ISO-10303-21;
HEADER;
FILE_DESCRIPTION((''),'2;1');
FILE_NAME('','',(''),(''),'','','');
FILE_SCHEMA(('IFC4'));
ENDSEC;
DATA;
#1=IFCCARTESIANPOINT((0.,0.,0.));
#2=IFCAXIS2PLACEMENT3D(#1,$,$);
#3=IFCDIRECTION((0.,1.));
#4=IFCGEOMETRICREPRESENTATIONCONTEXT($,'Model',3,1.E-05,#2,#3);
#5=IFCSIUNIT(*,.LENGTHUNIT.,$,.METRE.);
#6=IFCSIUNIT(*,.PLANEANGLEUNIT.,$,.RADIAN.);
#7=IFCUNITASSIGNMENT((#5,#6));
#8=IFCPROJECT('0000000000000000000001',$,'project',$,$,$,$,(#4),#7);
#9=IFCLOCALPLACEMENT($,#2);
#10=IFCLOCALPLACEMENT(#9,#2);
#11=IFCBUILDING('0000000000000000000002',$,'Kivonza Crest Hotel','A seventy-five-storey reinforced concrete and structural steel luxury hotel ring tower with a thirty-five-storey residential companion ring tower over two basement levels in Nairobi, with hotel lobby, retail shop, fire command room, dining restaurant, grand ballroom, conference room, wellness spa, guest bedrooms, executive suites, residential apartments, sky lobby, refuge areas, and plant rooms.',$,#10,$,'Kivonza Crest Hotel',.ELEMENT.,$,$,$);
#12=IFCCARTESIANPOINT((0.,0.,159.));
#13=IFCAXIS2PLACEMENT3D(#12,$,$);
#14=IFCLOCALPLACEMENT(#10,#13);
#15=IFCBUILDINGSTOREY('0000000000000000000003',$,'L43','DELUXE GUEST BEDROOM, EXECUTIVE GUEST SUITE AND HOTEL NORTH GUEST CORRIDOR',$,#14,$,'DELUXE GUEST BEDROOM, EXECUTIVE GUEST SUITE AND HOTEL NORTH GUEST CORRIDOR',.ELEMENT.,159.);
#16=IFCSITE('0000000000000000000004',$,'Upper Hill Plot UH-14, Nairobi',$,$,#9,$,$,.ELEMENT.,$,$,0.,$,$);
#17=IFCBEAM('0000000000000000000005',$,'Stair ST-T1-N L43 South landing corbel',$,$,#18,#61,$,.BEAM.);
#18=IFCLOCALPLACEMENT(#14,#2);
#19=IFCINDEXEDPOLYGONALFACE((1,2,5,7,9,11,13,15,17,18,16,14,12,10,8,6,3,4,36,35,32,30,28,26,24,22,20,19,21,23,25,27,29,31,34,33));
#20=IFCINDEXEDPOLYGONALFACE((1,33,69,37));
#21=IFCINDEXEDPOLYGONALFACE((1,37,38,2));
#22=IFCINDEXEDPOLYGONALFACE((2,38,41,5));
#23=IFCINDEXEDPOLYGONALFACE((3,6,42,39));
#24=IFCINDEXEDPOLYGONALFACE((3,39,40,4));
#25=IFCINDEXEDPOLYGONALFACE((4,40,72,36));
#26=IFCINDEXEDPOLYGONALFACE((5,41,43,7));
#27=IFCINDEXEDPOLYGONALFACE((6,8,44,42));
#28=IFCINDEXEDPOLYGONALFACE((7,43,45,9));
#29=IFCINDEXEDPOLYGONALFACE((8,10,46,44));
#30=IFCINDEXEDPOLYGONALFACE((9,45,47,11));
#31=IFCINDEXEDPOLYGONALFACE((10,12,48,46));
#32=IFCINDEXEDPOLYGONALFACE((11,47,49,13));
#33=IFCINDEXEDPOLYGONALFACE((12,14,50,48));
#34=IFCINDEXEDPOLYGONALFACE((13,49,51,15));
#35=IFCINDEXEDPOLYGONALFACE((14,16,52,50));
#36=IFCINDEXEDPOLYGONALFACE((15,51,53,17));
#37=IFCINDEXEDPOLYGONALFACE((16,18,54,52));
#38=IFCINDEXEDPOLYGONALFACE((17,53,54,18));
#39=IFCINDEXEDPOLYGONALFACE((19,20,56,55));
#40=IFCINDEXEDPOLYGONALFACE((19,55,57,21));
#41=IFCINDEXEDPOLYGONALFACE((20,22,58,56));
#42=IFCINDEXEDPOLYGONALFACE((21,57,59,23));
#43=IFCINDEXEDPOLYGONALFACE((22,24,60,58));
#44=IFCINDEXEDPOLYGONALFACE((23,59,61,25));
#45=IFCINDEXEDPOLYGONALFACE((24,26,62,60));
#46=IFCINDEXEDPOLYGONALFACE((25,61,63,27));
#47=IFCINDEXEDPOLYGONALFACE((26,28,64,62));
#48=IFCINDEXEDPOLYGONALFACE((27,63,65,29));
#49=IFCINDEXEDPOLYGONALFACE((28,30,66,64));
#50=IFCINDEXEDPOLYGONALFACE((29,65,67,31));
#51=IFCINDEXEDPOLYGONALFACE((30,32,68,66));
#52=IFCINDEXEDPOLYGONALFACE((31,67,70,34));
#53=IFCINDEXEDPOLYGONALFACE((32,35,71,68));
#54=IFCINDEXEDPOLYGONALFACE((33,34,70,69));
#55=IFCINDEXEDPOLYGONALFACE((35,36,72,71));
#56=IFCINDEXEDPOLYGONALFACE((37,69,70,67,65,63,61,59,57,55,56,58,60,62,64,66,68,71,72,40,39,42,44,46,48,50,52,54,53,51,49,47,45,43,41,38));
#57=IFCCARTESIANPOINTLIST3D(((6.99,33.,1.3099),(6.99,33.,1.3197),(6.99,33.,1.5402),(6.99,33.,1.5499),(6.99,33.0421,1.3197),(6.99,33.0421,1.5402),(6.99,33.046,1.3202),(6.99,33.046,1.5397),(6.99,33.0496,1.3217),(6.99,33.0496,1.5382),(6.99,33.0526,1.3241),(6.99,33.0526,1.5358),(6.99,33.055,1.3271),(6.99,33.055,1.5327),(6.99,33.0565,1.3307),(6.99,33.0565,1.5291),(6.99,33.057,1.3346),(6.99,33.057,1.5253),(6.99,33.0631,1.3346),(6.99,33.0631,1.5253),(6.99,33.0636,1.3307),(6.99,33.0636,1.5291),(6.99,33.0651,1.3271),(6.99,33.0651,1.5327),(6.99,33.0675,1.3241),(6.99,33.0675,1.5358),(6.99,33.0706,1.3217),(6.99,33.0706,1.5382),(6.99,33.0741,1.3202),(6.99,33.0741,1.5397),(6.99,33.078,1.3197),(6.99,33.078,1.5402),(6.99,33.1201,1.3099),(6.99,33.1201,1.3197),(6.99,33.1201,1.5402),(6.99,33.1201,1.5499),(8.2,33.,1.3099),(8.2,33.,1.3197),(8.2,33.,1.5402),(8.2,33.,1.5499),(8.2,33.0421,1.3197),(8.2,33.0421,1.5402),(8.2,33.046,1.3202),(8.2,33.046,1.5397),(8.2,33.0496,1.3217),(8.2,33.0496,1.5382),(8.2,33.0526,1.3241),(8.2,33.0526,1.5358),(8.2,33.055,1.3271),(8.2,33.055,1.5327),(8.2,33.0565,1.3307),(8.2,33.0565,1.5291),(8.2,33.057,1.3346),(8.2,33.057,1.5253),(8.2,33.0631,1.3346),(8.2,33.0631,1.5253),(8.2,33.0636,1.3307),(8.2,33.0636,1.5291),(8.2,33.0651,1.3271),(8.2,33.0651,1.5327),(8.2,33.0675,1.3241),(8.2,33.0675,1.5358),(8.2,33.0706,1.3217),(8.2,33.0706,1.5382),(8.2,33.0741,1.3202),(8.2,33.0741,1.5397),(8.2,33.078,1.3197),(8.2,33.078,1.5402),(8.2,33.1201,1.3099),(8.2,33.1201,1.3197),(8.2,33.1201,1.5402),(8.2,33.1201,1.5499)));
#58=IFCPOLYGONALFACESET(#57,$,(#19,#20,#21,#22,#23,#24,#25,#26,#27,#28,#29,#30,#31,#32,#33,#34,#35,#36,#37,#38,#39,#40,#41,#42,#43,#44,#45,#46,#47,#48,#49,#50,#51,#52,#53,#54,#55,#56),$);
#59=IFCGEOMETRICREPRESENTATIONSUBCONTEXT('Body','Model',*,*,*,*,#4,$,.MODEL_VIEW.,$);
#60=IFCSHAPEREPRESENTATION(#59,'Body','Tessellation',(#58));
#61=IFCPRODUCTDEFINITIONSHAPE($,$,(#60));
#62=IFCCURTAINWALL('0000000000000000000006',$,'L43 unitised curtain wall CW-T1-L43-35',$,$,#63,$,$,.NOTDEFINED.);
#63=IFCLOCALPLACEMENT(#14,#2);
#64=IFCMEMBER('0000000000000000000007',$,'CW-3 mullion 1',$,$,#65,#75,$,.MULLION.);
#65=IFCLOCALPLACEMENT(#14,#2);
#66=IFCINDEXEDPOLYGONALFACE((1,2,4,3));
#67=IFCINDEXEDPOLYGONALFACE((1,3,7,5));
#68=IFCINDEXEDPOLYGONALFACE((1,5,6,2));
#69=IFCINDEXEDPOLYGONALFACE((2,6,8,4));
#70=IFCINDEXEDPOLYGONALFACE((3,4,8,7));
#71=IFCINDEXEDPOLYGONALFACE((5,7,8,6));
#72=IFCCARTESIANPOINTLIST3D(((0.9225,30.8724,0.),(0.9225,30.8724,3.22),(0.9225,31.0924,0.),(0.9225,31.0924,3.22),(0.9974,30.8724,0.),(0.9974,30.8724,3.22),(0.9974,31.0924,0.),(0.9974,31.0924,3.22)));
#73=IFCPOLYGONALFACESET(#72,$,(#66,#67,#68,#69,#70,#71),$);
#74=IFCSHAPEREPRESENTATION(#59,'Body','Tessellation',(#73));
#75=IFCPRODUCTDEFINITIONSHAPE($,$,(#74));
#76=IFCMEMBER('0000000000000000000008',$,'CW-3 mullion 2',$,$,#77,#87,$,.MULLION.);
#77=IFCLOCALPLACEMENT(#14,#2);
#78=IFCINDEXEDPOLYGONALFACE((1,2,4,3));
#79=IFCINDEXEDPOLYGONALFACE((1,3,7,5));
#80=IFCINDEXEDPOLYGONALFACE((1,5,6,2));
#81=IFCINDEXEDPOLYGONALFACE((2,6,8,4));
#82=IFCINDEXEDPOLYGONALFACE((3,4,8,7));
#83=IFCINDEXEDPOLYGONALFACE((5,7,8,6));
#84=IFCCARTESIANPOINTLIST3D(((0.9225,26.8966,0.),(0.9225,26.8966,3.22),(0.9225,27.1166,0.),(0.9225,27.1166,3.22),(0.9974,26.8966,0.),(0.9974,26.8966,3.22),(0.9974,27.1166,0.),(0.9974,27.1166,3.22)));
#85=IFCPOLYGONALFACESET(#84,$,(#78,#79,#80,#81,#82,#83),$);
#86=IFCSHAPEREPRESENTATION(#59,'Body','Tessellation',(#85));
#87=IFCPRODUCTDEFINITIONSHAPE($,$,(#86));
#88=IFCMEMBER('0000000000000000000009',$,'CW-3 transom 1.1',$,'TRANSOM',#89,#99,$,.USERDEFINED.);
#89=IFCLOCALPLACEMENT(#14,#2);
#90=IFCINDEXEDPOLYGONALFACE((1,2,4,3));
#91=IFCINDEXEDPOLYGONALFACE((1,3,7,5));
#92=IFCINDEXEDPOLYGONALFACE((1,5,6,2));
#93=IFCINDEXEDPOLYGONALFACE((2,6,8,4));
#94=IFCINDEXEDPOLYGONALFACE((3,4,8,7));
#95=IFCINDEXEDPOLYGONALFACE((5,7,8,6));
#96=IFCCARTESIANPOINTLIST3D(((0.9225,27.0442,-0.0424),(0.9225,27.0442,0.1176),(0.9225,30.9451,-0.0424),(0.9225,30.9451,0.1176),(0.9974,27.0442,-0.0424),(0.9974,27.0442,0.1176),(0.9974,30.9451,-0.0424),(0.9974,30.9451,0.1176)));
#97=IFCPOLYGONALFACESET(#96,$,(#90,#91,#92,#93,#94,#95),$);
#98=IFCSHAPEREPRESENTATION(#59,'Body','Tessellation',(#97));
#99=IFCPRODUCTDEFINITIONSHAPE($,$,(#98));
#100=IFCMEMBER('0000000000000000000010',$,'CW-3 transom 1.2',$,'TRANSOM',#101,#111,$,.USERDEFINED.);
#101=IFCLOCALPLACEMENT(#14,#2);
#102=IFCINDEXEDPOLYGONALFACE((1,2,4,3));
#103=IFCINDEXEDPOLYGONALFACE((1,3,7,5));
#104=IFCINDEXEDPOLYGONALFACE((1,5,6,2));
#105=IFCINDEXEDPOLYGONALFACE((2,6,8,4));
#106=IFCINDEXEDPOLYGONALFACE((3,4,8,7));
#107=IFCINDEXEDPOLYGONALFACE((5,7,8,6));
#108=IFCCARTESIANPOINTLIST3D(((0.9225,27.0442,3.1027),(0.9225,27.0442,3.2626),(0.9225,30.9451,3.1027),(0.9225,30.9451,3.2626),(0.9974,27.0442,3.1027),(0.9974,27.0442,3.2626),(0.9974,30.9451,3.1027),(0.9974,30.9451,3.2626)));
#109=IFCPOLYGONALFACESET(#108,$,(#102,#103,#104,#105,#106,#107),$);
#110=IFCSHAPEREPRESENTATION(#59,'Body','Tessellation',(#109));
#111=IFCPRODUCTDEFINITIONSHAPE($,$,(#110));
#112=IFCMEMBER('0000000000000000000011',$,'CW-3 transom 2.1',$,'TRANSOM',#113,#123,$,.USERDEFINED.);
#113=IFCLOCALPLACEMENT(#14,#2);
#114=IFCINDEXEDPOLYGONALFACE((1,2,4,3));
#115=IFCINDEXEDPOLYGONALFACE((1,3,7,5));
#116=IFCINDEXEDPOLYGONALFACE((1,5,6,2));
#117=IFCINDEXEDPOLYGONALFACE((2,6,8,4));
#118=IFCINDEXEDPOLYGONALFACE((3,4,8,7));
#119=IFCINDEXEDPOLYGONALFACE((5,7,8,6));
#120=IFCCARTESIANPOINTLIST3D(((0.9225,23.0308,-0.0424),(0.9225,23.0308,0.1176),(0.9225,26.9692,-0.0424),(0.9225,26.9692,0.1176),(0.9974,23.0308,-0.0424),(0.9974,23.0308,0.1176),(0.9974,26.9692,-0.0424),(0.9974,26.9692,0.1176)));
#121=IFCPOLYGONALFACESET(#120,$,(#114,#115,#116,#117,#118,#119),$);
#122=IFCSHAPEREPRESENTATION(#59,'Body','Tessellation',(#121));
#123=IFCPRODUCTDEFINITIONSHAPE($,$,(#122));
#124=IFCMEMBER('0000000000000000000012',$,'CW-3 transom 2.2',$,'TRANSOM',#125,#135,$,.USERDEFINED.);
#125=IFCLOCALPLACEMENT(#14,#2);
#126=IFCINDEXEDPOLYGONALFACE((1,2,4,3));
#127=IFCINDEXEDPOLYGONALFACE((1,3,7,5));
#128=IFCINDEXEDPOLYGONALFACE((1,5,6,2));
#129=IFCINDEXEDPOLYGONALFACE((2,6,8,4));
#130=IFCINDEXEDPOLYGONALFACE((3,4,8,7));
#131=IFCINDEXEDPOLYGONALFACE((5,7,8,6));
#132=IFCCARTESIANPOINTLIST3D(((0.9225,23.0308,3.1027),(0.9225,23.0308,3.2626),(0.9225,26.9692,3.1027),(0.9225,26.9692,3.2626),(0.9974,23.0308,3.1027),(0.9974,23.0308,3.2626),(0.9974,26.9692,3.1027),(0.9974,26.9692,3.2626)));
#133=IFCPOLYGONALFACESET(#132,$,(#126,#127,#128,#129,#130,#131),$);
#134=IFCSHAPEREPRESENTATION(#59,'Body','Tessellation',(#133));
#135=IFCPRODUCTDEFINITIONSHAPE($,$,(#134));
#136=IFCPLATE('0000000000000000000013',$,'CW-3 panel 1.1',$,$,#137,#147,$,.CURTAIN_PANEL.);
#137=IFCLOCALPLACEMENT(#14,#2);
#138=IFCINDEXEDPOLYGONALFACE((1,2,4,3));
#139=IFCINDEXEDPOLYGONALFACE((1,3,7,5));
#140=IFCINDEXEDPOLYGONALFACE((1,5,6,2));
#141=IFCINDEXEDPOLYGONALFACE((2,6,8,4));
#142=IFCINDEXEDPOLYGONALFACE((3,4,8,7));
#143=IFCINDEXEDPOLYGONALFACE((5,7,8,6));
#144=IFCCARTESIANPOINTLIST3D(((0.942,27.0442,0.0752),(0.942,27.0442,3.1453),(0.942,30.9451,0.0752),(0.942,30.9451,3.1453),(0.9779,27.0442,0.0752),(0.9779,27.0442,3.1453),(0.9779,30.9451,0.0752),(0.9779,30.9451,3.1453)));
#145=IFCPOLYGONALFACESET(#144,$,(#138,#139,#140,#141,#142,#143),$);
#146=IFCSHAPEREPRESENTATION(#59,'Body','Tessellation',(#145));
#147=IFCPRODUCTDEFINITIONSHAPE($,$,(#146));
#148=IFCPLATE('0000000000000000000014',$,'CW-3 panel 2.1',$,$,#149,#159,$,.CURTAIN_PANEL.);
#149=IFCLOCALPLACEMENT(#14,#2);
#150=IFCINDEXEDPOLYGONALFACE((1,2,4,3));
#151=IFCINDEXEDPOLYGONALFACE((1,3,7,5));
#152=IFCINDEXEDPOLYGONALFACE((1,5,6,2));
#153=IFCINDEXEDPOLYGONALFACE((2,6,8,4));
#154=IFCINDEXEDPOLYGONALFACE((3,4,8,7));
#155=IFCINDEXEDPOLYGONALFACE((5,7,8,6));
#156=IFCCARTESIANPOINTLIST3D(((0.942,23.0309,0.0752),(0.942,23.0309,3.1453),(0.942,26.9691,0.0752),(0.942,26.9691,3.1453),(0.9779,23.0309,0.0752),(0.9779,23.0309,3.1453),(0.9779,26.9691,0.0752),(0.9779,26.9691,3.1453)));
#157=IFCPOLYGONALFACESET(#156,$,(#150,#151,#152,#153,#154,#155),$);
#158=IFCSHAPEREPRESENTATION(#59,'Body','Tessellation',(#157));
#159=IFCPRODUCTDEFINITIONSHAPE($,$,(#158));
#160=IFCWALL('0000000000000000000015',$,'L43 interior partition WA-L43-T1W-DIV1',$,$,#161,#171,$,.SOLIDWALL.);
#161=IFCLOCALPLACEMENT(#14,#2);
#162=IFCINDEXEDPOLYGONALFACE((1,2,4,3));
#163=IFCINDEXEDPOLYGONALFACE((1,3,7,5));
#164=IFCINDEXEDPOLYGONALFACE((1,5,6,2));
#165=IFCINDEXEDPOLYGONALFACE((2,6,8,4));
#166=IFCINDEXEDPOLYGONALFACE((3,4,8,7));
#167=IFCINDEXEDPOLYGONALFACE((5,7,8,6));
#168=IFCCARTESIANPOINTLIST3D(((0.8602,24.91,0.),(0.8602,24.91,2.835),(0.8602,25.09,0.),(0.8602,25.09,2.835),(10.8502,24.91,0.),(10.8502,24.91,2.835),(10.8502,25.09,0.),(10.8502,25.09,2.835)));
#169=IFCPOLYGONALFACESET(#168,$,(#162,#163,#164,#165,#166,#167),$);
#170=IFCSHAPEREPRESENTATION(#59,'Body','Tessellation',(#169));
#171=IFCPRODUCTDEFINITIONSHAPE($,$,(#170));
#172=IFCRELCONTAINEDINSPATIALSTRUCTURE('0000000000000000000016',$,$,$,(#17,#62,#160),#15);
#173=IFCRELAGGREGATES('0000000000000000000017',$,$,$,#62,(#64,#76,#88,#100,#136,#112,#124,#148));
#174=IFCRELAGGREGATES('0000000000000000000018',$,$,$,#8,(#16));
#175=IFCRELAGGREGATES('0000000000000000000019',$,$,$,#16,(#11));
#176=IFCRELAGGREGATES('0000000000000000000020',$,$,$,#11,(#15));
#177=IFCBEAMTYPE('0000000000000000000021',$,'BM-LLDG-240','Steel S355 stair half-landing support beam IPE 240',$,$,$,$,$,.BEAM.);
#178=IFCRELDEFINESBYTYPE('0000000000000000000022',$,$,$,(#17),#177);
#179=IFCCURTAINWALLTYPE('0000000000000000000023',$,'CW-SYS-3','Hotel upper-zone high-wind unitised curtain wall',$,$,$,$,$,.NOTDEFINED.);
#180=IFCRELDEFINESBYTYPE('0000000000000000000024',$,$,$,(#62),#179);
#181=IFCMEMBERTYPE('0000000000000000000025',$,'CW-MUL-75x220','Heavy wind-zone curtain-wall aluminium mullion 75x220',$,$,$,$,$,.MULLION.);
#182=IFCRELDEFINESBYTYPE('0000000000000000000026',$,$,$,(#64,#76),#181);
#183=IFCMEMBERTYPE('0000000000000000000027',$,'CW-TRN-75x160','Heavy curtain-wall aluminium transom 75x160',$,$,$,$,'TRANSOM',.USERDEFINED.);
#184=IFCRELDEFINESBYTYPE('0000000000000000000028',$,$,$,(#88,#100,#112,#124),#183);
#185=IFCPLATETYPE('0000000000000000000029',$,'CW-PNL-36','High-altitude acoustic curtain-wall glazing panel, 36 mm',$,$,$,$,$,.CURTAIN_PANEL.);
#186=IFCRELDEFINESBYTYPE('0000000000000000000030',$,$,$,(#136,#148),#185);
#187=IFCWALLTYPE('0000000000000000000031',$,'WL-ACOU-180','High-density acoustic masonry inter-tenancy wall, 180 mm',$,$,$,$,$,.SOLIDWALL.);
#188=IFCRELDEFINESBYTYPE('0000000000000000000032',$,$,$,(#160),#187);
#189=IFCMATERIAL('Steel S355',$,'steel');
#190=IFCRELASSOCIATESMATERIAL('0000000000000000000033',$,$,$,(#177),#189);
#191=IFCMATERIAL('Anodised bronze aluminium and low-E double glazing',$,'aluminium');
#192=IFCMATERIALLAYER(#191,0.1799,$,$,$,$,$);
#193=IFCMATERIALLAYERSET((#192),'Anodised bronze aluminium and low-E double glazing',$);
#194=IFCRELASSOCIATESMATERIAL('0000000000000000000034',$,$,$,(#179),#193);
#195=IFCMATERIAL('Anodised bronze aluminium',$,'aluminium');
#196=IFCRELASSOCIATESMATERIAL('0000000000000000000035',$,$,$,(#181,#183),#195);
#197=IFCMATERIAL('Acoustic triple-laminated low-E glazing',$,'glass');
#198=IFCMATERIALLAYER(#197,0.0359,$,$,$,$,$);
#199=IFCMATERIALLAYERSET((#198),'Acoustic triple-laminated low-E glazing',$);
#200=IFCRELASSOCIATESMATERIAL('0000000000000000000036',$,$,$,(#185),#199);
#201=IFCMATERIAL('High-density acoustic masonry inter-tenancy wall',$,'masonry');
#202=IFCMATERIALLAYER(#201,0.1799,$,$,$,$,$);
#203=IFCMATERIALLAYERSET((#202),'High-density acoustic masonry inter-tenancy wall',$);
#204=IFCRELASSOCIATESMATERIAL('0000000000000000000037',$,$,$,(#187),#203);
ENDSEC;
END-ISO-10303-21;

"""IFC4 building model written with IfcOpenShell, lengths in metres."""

from ifc_helpers import new_model, si_unit, direction, frame, frame_2d, origin, origin_2d, place, context, subcontext, project, spatial, rectangle, i_section, extrude, material, layer, layer_set, material_profile, profile_set, type_object, element, aggregate, save


model = new_model("IFC4")

# Units and contexts
model_context = context("Model", 3, precision=1e-05, world=origin(), true_north=direction((0.0, 1.0)))
body_context = subcontext(model_context, "Body", "Model", "MODEL_VIEW")
ifc_project = project(units=[si_unit("LENGTHUNIT", "METRE"), si_unit("PLANEANGLEUNIT", "RADIAN")], contexts=[model_context])

# Site, building, storey
site_placement = place(None, origin())
site = spatial("IfcSite", under=ifc_project, at=site_placement, Name="Upper Hill Plot UH-14, Nairobi", CompositionType="ELEMENT", RefElevation=0.0)
building_placement = place(site_placement, origin())
building = spatial("IfcBuilding", under=site, at=building_placement, Name="Kivonza Crest Hotel", Description="A seventy-five-storey reinforced concrete and structural steel luxury hotel ring tower with a thirty-five-storey residential companion ring tower over two basement levels in Nairobi, with hotel lobby, retail shop, fire command room, dining restaurant, grand ballroom, conference room, wellness spa, guest bedrooms, executive suites, residential apartments, sky lobby, refuge areas, and plant rooms.", LongName="Kivonza Crest Hotel", CompositionType="ELEMENT")
storey_placement = place(building_placement, frame((0.0, 0.0, 159.0)))
storey = spatial("IfcBuildingStorey", under=building, at=storey_placement, Name="L43", Description="DELUXE GUEST BEDROOM, EXECUTIVE GUEST SUITE AND HOTEL NORTH GUEST CORRIDOR", LongName="DELUXE GUEST BEDROOM, EXECUTIVE GUEST SUITE AND HOTEL NORTH GUEST CORRIDOR", CompositionType="ELEMENT", Elevation=159.0)

# Beam
ifc_material_1 = material(Name="Steel S355", Category="steel")
ifc_material_profile_1 = material_profile(ifc_material_1, i_section(OverallWidth=0.1201, OverallDepth=0.24, WebThickness=0.0061, FlangeThickness=0.0098, FilletRadius=0.0149, at=origin_2d()), Name="IPE 240")
ifc_profile_set_1 = profile_set([ifc_material_profile_1], Name="Steel S355")
beam_type_1 = type_object("IfcBeamType", Name="BM-LLDG-240", Description="Steel S355 stair half-landing support beam IPE 240", PredefinedType="BEAM", material=ifc_profile_set_1)
beam_1_placement = place(storey_placement, frame((6.99, 33.0601, 1.4299), z_axis=(1.0, 0.0, 0.0), x_axis=(0.0, 1.0, 0.0)))
element("IfcBeam", 1, at=beam_1_placement, inside=storey, type_object=beam_type_1, Name="Stair ST-T1-N L43 South landing corbel", PredefinedType="BEAM", context=body_context, shape_type="SweptSolid", body=[
    extrude(i_section(OverallWidth=0.1201, OverallDepth=0.24, WebThickness=0.0061, FlangeThickness=0.0098, FilletRadius=0.0149, at=origin_2d()), origin(), (0.0, 0.0, 1.0), 1.21),
])

# Curtain wall, members, plates
ifc_material_2 = material(Name="Anodised bronze aluminium and low-E double glazing", Category="aluminium")
ifc_layer_1 = layer(ifc_material_2, 0.1799)
ifc_layer_set_1 = layer_set([ifc_layer_1], Name="Anodised bronze aluminium and low-E double glazing")
curtain_wall_type = type_object("IfcCurtainWallType", Name="CW-SYS-3", Description="Hotel upper-zone high-wind unitised curtain wall", PredefinedType="NOTDEFINED", material=ifc_layer_set_1)
curtain_wall_placement = place(storey_placement, origin())
curtain_wall = element("IfcCurtainWall", 2, at=curtain_wall_placement, inside=storey, type_object=curtain_wall_type, Name="L43 unitised curtain wall CW-T1-L43-35", PredefinedType="NOTDEFINED")
ifc_material_3 = material(Name="Anodised bronze aluminium", Category="aluminium")
ifc_material_profile_2 = material_profile(ifc_material_3, rectangle(XDim=0.075, YDim=0.22, at=origin_2d()), Name="CW-M 75x220")
ifc_profile_set_2 = profile_set([ifc_material_profile_2], Name="Anodised bronze aluminium")
member_type_1 = type_object("IfcMemberType", Name="CW-MUL-75x220", Description="Heavy wind-zone curtain-wall aluminium mullion 75x220", PredefinedType="MULLION", material=ifc_profile_set_2)
member_1_placement = place(storey_placement, frame((0.96, 30.9824, 0.0), z_axis=(0.0, 0.0, 1.0), x_axis=(1.0, 0.0, 0.0)))
member_1 = element("IfcMember", 3, at=member_1_placement, type_object=member_type_1, Name="CW-3 mullion 1", PredefinedType="MULLION", context=body_context, shape_type="SweptSolid", body=[
    extrude(rectangle(XDim=0.075, YDim=0.22, at=origin_2d()), origin(), (0.0, 0.0, 1.0), 3.22),
])
member_2_placement = place(storey_placement, frame((0.96, 27.0066, 0.0), z_axis=(0.0, 0.0, 1.0), x_axis=(1.0, 0.0, 0.0)))
member_2 = element("IfcMember", 4, at=member_2_placement, type_object=member_type_1, Name="CW-3 mullion 2", PredefinedType="MULLION", context=body_context, shape_type="SweptSolid", body=[
    extrude(rectangle(XDim=0.075, YDim=0.22, at=origin_2d()), origin(), (0.0, 0.0, 1.0), 3.22),
])
ifc_material_profile_3 = material_profile(ifc_material_3, rectangle(XDim=0.075, YDim=0.1599, at=origin_2d()), Name="CW-T 75x160")
ifc_profile_set_3 = profile_set([ifc_material_profile_3], Name="Anodised bronze aluminium")
member_type_2 = type_object("IfcMemberType", Name="CW-TRN-75x160", Description="Heavy curtain-wall aluminium transom 75x160", ElementType="TRANSOM", PredefinedType="USERDEFINED", material=ifc_profile_set_3)
member_3_placement = place(storey_placement, frame((0.96, 30.9451, 0.0376), z_axis=(0.0, -1.0, 0.0), x_axis=(1.0, 0.0, 0.0)))
member_3 = element("IfcMember", 5, at=member_3_placement, type_object=member_type_2, Name="CW-3 transom 1.1", ObjectType="TRANSOM", PredefinedType="USERDEFINED", context=body_context, shape_type="SweptSolid", body=[
    extrude(rectangle(XDim=0.075, YDim=0.1599, at=origin_2d()), origin(), (0.0, 0.0, 1.0), 3.9009),
])
member_4_placement = place(storey_placement, frame((0.96, 30.9451, 3.1826), z_axis=(0.0, -1.0, 0.0), x_axis=(1.0, 0.0, 0.0)))
member_4 = element("IfcMember", 6, at=member_4_placement, type_object=member_type_2, Name="CW-3 transom 1.2", ObjectType="TRANSOM", PredefinedType="USERDEFINED", context=body_context, shape_type="SweptSolid", body=[
    extrude(rectangle(XDim=0.075, YDim=0.1599, at=origin_2d()), origin(), (0.0, 0.0, 1.0), 3.9009),
])
member_5_placement = place(storey_placement, frame((0.96, 26.9692, 0.0376), z_axis=(0.0, -1.0, 0.0), x_axis=(1.0, 0.0, 0.0)))
member_5 = element("IfcMember", 7, at=member_5_placement, type_object=member_type_2, Name="CW-3 transom 2.1", ObjectType="TRANSOM", PredefinedType="USERDEFINED", context=body_context, shape_type="SweptSolid", body=[
    extrude(rectangle(XDim=0.075, YDim=0.1599, at=origin_2d()), origin(), (0.0, 0.0, 1.0), 3.9385),
])
member_6_placement = place(storey_placement, frame((0.96, 26.9692, 3.1826), z_axis=(0.0, -1.0, 0.0), x_axis=(1.0, 0.0, 0.0)))
member_6 = element("IfcMember", 8, at=member_6_placement, type_object=member_type_2, Name="CW-3 transom 2.2", ObjectType="TRANSOM", PredefinedType="USERDEFINED", context=body_context, shape_type="SweptSolid", body=[
    extrude(rectangle(XDim=0.075, YDim=0.1599, at=origin_2d()), origin(), (0.0, 0.0, 1.0), 3.9385),
])
ifc_material_4 = material(Name="Acoustic triple-laminated low-E glazing", Category="glass")
ifc_layer_2 = layer(ifc_material_4, 0.0359)
ifc_layer_set_2 = layer_set([ifc_layer_2], Name="Acoustic triple-laminated low-E glazing")
plate_type = type_object("IfcPlateType", Name="CW-PNL-36", Description="High-altitude acoustic curtain-wall glazing panel, 36 mm", PredefinedType="CURTAIN_PANEL", material=ifc_layer_set_2)
plate_1_placement = place(storey_placement, frame((0.96, 28.9946, 0.0752), z_axis=(0.0, 0.0, 1.0), x_axis=(0.0, -1.0, 0.0)))
plate_1 = element("IfcPlate", 9, at=plate_1_placement, type_object=plate_type, Name="CW-3 panel 1.1", PredefinedType="CURTAIN_PANEL", context=body_context, shape_type="SweptSolid", body=[
    extrude(rectangle(XDim=3.9009, YDim=0.0359, at=origin_2d()), origin(), (0.0, 0.0, 1.0), 3.0701),
])
plate_2_placement = place(storey_placement, frame((0.96, 25.0, 0.0752), z_axis=(0.0, 0.0, 1.0), x_axis=(0.0, -1.0, 0.0)))
plate_2 = element("IfcPlate", 10, at=plate_2_placement, type_object=plate_type, Name="CW-3 panel 2.1", PredefinedType="CURTAIN_PANEL", context=body_context, shape_type="SweptSolid", body=[
    extrude(rectangle(XDim=3.9382, YDim=0.0359, at=origin_2d()), origin(), (0.0, 0.0, 1.0), 3.0701),
])
aggregate(curtain_wall, [member_1, member_2, member_3, member_4, plate_1, member_5, member_6, plate_2])

# Wall
ifc_material_5 = material(Name="High-density acoustic masonry inter-tenancy wall", Category="masonry")
ifc_layer_3 = layer(ifc_material_5, 0.1799)
ifc_layer_set_3 = layer_set([ifc_layer_3], Name="High-density acoustic masonry inter-tenancy wall")
wall_type_1 = type_object("IfcWallType", Name="WL-ACOU-180", Description="High-density acoustic masonry inter-tenancy wall, 180 mm", PredefinedType="SOLIDWALL", material=ifc_layer_set_3)
wall_1_placement = place(storey_placement, frame((0.8601, 25.0, 0.0), z_axis=(0.0, 0.0, 1.0), x_axis=(1.0, 0.0, 0.0)))
element("IfcWall", 11, at=wall_1_placement, inside=storey, type_object=wall_type_1, Name="L43 interior partition WA-L43-T1W-DIV1", PredefinedType="SOLIDWALL", context=body_context, shape_type="SweptSolid", body=[
    extrude(rectangle(XDim=9.99, YDim=0.1799, at=frame_2d((4.9951, 0.0))), origin(), (0.0, 0.0, 1.0), 2.835),
])

save(model, "model.ifc")
